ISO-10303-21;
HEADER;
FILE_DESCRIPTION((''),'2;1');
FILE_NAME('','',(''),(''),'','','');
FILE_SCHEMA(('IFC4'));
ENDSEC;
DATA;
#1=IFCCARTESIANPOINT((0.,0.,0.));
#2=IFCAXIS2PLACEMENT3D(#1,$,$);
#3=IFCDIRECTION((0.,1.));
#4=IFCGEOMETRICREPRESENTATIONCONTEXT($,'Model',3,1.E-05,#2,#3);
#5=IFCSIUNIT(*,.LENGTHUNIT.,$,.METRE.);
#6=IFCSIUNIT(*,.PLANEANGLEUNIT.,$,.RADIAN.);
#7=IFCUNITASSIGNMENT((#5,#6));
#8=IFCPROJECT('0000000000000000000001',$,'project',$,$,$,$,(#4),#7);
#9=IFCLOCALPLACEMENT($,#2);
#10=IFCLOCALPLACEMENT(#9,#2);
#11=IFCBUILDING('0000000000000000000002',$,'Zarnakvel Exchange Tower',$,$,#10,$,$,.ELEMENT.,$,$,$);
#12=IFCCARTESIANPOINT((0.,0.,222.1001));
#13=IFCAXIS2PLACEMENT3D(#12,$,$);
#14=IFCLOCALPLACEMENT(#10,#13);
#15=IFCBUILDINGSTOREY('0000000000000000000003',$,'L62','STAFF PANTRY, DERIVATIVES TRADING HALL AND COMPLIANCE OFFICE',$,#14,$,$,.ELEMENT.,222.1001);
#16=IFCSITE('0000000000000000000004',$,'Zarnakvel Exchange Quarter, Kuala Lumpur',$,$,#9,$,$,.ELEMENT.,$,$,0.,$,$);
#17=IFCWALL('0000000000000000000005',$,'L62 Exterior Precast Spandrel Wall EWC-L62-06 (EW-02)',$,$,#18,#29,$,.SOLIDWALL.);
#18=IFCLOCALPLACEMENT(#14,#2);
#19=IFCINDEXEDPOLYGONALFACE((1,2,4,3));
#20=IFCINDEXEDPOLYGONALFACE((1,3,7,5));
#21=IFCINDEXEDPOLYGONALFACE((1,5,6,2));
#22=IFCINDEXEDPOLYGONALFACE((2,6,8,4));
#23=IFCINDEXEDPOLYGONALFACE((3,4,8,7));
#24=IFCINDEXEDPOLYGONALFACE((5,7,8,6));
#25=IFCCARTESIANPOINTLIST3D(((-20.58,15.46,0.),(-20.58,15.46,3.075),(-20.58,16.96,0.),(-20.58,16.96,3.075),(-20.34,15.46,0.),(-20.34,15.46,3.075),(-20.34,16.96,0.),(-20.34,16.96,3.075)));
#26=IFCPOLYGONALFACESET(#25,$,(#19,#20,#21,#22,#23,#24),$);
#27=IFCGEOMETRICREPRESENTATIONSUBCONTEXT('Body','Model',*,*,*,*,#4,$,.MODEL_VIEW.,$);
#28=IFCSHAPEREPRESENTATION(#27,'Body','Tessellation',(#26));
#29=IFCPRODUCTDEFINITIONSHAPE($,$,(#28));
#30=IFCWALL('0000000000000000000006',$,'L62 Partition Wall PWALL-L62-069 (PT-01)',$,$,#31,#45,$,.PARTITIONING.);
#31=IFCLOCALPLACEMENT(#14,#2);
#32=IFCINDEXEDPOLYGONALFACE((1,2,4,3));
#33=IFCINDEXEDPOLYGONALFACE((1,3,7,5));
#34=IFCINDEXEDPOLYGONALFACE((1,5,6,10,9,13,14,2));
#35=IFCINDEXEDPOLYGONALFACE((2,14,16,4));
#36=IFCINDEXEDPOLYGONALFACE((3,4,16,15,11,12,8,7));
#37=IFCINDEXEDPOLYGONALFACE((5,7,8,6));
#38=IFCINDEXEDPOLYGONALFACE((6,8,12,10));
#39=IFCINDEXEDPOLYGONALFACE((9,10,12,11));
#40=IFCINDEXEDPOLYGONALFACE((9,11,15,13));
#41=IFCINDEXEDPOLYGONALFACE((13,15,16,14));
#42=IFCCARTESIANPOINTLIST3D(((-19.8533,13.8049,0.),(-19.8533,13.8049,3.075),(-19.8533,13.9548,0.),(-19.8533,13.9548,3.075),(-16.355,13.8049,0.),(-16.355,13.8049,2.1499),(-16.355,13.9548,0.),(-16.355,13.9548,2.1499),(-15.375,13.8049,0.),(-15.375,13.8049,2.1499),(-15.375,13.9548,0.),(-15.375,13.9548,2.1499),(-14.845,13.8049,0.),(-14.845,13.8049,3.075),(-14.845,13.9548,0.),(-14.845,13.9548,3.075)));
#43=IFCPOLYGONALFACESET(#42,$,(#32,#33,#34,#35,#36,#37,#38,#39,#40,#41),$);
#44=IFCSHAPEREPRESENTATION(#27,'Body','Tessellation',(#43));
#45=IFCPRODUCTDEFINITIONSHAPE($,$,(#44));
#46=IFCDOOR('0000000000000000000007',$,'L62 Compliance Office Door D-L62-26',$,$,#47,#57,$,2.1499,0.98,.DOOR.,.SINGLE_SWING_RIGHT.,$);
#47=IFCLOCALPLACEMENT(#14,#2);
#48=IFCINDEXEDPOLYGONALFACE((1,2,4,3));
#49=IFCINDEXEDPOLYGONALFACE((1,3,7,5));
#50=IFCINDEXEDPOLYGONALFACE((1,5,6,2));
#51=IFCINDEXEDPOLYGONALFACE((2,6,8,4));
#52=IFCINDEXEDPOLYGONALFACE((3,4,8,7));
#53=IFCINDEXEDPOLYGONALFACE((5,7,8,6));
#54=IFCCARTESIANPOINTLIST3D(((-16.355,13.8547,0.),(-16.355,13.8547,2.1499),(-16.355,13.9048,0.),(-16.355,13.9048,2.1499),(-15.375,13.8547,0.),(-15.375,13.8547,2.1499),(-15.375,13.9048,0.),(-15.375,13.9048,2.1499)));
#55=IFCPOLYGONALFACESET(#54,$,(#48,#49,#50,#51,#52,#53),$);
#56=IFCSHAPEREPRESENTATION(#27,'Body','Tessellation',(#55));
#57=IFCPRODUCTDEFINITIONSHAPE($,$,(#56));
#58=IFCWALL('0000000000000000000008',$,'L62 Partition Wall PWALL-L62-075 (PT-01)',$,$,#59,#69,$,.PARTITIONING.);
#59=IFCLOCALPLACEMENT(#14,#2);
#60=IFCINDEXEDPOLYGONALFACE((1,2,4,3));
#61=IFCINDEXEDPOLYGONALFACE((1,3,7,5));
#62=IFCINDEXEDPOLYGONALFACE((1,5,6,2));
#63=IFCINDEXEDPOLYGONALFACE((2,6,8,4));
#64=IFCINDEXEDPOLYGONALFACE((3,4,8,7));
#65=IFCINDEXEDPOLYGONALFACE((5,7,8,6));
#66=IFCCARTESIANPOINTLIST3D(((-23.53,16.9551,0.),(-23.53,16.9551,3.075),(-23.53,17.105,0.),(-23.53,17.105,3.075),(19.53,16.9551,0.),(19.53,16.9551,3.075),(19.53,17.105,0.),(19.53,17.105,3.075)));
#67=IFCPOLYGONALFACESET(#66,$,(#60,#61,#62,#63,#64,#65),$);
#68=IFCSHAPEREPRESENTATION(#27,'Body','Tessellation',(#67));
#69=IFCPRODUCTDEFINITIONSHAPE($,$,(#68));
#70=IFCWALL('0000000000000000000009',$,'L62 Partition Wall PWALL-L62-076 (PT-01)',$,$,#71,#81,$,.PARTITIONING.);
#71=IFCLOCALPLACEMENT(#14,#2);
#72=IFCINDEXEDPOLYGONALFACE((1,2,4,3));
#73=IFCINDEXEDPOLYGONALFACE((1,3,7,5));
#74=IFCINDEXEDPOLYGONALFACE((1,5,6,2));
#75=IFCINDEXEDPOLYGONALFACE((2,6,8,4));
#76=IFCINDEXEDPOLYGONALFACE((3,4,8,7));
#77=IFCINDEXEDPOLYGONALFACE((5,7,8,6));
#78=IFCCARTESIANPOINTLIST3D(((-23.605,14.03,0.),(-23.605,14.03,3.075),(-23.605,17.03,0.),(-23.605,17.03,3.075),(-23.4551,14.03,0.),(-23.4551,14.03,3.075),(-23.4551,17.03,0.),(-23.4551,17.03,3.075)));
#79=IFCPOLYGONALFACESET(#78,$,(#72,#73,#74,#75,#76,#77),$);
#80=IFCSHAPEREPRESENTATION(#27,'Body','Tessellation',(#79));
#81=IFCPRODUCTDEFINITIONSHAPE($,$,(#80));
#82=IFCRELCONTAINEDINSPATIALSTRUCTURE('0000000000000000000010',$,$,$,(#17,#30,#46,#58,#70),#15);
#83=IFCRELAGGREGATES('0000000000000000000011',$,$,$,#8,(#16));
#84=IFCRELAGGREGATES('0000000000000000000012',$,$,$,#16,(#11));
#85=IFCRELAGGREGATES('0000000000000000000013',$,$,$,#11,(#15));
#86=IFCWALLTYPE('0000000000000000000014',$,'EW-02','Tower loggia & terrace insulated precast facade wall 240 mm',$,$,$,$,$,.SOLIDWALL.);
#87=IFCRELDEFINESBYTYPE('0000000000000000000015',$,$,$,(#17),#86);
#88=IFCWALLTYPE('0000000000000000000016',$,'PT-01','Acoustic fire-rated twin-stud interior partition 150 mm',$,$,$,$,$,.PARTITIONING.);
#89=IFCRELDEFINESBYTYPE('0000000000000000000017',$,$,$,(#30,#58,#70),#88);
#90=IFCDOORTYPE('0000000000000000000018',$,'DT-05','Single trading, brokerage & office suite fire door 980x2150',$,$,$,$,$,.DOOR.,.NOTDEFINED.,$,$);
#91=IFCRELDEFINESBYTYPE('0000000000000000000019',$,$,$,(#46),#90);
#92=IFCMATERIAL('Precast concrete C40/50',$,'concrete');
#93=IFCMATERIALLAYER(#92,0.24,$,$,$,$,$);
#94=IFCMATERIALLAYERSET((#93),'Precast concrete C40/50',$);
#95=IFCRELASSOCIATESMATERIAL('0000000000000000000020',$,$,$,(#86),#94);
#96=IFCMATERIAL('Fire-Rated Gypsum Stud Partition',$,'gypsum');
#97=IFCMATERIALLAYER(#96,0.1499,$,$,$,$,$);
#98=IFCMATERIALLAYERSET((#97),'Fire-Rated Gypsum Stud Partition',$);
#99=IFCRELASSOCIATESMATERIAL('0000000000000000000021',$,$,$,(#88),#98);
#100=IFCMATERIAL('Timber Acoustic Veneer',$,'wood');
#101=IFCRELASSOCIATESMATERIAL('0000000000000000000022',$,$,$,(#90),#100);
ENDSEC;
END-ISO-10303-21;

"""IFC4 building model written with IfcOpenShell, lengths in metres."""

from ifc_helpers import new_model, si_unit, direction, frame, frame_2d, origin, place, context, subcontext, project, spatial, rectangle, extrude, source, transform, mapped, material, layer, layer_set, type_object, element, fill, save


model = new_model("IFC4")

# Units and contexts
model_context = context("Model", 3, precision=1e-05, world=origin(), true_north=direction((0.0, 1.0)))
body_context = subcontext(model_context, "Body", "Model", "MODEL_VIEW")
ifc_project = project(units=[si_unit("LENGTHUNIT", "METRE"), si_unit("PLANEANGLEUNIT", "RADIAN")], contexts=[model_context])

# Site, building, storey
site_placement = place(None, origin())
site = spatial("IfcSite", under=ifc_project, at=site_placement, Name="Zarnakvel Exchange Quarter, Kuala Lumpur", CompositionType="ELEMENT", RefElevation=0.0)
building_placement = place(site_placement, origin())
building = spatial("IfcBuilding", under=site, at=building_placement, Name="Zarnakvel Exchange Tower", CompositionType="ELEMENT")
storey_placement = place(building_placement, frame((0.0, 0.0, 222.1001)))
storey = spatial("IfcBuildingStorey", under=building, at=storey_placement, Name="L62", Description="STAFF PANTRY, DERIVATIVES TRADING HALL AND COMPLIANCE OFFICE", CompositionType="ELEMENT", Elevation=222.1001)

# Wall
ifc_material_1 = material(Name="Precast concrete C40/50", Category="concrete")
ifc_layer_1 = layer(ifc_material_1, 0.24)
ifc_layer_set_1 = layer_set([ifc_layer_1], Name="Precast concrete C40/50")
wall_type_1 = type_object("IfcWallType", Name="EW-02", Description="Tower loggia & terrace insulated precast facade wall 240 mm", PredefinedType="SOLIDWALL", material=ifc_layer_set_1)
for number, where, z_axis, x_axis, name in (
    (1, (-20.46, 16.96, 0.0), (0.0, 0.0, 1.0), (0.0, -1.0, 0.0), "L62 Exterior Precast Spandrel Wall EWC-L62-06 (EW-02)"),
):
    element("IfcWall", number, at=place(storey_placement, frame(where, z_axis=z_axis, x_axis=x_axis)), inside=storey, type_object=wall_type_1, Name=name, PredefinedType="SOLIDWALL", context=body_context, shape_type="SweptSolid", body=[
        extrude(rectangle(XDim=1.5, YDim=0.24, at=frame_2d((0.75, 0.0))), origin(), (0.0, 0.0, 1.0), 3.075),
    ])

# Wall, opening, door
ifc_material_2 = material(Name="Fire-Rated Gypsum Stud Partition", Category="gypsum")
ifc_layer_2 = layer(ifc_material_2, 0.1499)
ifc_layer_set_2 = layer_set([ifc_layer_2], Name="Fire-Rated Gypsum Stud Partition")
wall_type_2 = type_object("IfcWallType", Name="PT-01", Description="Acoustic fire-rated twin-stud interior partition 150 mm", PredefinedType="PARTITIONING", material=ifc_layer_set_2)
wall_1_placement = place(storey_placement, frame((-19.8533, 13.8799, 0.0), z_axis=(0.0, 0.0, 1.0), x_axis=(1.0, 0.0, 0.0)))
wall_1 = element("IfcWall", 2, at=wall_1_placement, inside=storey, type_object=wall_type_2, Name="L62 Partition Wall PWALL-L62-069 (PT-01)", PredefinedType="PARTITIONING", context=body_context, shape_type="SweptSolid", body=[
    extrude(rectangle(XDim=5.0083, YDim=0.1499, at=frame_2d((2.5042, 0.0))), origin(), (0.0, 0.0, 1.0), 3.075),
])
opening_placement = place(wall_1_placement, frame((3.4983, 0.0, 0.0)))
opening = element("IfcOpeningElement", 3, at=opening_placement, cuts=wall_1, PredefinedType="OPENING", context=body_context, shape_type="SweptSolid", body=[
    extrude(rectangle(XDim=0.98, YDim=2.1499, at=frame_2d((0.49, 1.075))), frame((0.0, 0.085, 0.0), z_axis=(0.0, -1.0, 0.0), x_axis=(1.0, 0.0, 0.0)), (0.0, 0.0, 1.0), 0.1699),
])
ifc_material_3 = material(Name="Timber Acoustic Veneer", Category="wood")
door_type = type_object("IfcDoorType", Name="DT-05", Description="Single trading, brokerage & office suite fire door 980x2150", OperationType="NOTDEFINED", PredefinedType="DOOR", material=ifc_material_3)
shared_shape_1 = source(origin(), body_context, "Body", "SweptSolid", [
    extrude(rectangle(XDim=0.98, YDim=2.1499, at=frame_2d((0.49, 1.075))), frame((0.0, 0.0249, 0.0), z_axis=(0.0, -1.0, 0.0), x_axis=(1.0, 0.0, 0.0)), (0.0, 0.0, 1.0), 0.05),
])
door_placement = place(opening_placement, origin())
door = element("IfcDoor", 4, at=door_placement, inside=storey, type_object=door_type, Name="L62 Compliance Office Door D-L62-26", OperationType="SINGLE_SWING_RIGHT", OverallHeight=2.1499, OverallWidth=0.98, PredefinedType="DOOR", context=body_context, shape_type="MappedRepresentation", body=[
    mapped(shared_shape_1, transform((0.0, 0.0, 0.0), x_axis=(1.0, 0.0, 0.0), y_axis=(0.0, 1.0, 0.0), z_axis=(0.0, 0.0, 1.0), scale=1.0)),
])
fill(opening, door)

# Walls
wall_2_placement = place(storey_placement, frame((-23.53, 17.03, 0.0), z_axis=(0.0, 0.0, 1.0), x_axis=(1.0, 0.0, 0.0)))
element("IfcWall", 5, at=wall_2_placement, inside=storey, type_object=wall_type_2, Name="L62 Partition Wall PWALL-L62-075 (PT-01)", PredefinedType="PARTITIONING", context=body_context, shape_type="SweptSolid", body=[
    extrude(rectangle(XDim=43.0601, YDim=0.1499, at=frame_2d((21.53, 0.0))), origin(), (0.0, 0.0, 1.0), 3.075),
])
wall_3_placement = place(storey_placement, frame((-23.53, 14.03, 0.0), z_axis=(0.0, 0.0, 1.0), x_axis=(0.0, 1.0, 0.0)))
element("IfcWall", 6, at=wall_3_placement, inside=storey, type_object=wall_type_2, Name="L62 Partition Wall PWALL-L62-076 (PT-01)", PredefinedType="PARTITIONING", context=body_context, shape_type="SweptSolid", body=[
    extrude(rectangle(XDim=3.0, YDim=0.1499, at=frame_2d((1.5, 0.0))), origin(), (0.0, 0.0, 1.0), 3.075),
])

save(model, "model.ifc")
